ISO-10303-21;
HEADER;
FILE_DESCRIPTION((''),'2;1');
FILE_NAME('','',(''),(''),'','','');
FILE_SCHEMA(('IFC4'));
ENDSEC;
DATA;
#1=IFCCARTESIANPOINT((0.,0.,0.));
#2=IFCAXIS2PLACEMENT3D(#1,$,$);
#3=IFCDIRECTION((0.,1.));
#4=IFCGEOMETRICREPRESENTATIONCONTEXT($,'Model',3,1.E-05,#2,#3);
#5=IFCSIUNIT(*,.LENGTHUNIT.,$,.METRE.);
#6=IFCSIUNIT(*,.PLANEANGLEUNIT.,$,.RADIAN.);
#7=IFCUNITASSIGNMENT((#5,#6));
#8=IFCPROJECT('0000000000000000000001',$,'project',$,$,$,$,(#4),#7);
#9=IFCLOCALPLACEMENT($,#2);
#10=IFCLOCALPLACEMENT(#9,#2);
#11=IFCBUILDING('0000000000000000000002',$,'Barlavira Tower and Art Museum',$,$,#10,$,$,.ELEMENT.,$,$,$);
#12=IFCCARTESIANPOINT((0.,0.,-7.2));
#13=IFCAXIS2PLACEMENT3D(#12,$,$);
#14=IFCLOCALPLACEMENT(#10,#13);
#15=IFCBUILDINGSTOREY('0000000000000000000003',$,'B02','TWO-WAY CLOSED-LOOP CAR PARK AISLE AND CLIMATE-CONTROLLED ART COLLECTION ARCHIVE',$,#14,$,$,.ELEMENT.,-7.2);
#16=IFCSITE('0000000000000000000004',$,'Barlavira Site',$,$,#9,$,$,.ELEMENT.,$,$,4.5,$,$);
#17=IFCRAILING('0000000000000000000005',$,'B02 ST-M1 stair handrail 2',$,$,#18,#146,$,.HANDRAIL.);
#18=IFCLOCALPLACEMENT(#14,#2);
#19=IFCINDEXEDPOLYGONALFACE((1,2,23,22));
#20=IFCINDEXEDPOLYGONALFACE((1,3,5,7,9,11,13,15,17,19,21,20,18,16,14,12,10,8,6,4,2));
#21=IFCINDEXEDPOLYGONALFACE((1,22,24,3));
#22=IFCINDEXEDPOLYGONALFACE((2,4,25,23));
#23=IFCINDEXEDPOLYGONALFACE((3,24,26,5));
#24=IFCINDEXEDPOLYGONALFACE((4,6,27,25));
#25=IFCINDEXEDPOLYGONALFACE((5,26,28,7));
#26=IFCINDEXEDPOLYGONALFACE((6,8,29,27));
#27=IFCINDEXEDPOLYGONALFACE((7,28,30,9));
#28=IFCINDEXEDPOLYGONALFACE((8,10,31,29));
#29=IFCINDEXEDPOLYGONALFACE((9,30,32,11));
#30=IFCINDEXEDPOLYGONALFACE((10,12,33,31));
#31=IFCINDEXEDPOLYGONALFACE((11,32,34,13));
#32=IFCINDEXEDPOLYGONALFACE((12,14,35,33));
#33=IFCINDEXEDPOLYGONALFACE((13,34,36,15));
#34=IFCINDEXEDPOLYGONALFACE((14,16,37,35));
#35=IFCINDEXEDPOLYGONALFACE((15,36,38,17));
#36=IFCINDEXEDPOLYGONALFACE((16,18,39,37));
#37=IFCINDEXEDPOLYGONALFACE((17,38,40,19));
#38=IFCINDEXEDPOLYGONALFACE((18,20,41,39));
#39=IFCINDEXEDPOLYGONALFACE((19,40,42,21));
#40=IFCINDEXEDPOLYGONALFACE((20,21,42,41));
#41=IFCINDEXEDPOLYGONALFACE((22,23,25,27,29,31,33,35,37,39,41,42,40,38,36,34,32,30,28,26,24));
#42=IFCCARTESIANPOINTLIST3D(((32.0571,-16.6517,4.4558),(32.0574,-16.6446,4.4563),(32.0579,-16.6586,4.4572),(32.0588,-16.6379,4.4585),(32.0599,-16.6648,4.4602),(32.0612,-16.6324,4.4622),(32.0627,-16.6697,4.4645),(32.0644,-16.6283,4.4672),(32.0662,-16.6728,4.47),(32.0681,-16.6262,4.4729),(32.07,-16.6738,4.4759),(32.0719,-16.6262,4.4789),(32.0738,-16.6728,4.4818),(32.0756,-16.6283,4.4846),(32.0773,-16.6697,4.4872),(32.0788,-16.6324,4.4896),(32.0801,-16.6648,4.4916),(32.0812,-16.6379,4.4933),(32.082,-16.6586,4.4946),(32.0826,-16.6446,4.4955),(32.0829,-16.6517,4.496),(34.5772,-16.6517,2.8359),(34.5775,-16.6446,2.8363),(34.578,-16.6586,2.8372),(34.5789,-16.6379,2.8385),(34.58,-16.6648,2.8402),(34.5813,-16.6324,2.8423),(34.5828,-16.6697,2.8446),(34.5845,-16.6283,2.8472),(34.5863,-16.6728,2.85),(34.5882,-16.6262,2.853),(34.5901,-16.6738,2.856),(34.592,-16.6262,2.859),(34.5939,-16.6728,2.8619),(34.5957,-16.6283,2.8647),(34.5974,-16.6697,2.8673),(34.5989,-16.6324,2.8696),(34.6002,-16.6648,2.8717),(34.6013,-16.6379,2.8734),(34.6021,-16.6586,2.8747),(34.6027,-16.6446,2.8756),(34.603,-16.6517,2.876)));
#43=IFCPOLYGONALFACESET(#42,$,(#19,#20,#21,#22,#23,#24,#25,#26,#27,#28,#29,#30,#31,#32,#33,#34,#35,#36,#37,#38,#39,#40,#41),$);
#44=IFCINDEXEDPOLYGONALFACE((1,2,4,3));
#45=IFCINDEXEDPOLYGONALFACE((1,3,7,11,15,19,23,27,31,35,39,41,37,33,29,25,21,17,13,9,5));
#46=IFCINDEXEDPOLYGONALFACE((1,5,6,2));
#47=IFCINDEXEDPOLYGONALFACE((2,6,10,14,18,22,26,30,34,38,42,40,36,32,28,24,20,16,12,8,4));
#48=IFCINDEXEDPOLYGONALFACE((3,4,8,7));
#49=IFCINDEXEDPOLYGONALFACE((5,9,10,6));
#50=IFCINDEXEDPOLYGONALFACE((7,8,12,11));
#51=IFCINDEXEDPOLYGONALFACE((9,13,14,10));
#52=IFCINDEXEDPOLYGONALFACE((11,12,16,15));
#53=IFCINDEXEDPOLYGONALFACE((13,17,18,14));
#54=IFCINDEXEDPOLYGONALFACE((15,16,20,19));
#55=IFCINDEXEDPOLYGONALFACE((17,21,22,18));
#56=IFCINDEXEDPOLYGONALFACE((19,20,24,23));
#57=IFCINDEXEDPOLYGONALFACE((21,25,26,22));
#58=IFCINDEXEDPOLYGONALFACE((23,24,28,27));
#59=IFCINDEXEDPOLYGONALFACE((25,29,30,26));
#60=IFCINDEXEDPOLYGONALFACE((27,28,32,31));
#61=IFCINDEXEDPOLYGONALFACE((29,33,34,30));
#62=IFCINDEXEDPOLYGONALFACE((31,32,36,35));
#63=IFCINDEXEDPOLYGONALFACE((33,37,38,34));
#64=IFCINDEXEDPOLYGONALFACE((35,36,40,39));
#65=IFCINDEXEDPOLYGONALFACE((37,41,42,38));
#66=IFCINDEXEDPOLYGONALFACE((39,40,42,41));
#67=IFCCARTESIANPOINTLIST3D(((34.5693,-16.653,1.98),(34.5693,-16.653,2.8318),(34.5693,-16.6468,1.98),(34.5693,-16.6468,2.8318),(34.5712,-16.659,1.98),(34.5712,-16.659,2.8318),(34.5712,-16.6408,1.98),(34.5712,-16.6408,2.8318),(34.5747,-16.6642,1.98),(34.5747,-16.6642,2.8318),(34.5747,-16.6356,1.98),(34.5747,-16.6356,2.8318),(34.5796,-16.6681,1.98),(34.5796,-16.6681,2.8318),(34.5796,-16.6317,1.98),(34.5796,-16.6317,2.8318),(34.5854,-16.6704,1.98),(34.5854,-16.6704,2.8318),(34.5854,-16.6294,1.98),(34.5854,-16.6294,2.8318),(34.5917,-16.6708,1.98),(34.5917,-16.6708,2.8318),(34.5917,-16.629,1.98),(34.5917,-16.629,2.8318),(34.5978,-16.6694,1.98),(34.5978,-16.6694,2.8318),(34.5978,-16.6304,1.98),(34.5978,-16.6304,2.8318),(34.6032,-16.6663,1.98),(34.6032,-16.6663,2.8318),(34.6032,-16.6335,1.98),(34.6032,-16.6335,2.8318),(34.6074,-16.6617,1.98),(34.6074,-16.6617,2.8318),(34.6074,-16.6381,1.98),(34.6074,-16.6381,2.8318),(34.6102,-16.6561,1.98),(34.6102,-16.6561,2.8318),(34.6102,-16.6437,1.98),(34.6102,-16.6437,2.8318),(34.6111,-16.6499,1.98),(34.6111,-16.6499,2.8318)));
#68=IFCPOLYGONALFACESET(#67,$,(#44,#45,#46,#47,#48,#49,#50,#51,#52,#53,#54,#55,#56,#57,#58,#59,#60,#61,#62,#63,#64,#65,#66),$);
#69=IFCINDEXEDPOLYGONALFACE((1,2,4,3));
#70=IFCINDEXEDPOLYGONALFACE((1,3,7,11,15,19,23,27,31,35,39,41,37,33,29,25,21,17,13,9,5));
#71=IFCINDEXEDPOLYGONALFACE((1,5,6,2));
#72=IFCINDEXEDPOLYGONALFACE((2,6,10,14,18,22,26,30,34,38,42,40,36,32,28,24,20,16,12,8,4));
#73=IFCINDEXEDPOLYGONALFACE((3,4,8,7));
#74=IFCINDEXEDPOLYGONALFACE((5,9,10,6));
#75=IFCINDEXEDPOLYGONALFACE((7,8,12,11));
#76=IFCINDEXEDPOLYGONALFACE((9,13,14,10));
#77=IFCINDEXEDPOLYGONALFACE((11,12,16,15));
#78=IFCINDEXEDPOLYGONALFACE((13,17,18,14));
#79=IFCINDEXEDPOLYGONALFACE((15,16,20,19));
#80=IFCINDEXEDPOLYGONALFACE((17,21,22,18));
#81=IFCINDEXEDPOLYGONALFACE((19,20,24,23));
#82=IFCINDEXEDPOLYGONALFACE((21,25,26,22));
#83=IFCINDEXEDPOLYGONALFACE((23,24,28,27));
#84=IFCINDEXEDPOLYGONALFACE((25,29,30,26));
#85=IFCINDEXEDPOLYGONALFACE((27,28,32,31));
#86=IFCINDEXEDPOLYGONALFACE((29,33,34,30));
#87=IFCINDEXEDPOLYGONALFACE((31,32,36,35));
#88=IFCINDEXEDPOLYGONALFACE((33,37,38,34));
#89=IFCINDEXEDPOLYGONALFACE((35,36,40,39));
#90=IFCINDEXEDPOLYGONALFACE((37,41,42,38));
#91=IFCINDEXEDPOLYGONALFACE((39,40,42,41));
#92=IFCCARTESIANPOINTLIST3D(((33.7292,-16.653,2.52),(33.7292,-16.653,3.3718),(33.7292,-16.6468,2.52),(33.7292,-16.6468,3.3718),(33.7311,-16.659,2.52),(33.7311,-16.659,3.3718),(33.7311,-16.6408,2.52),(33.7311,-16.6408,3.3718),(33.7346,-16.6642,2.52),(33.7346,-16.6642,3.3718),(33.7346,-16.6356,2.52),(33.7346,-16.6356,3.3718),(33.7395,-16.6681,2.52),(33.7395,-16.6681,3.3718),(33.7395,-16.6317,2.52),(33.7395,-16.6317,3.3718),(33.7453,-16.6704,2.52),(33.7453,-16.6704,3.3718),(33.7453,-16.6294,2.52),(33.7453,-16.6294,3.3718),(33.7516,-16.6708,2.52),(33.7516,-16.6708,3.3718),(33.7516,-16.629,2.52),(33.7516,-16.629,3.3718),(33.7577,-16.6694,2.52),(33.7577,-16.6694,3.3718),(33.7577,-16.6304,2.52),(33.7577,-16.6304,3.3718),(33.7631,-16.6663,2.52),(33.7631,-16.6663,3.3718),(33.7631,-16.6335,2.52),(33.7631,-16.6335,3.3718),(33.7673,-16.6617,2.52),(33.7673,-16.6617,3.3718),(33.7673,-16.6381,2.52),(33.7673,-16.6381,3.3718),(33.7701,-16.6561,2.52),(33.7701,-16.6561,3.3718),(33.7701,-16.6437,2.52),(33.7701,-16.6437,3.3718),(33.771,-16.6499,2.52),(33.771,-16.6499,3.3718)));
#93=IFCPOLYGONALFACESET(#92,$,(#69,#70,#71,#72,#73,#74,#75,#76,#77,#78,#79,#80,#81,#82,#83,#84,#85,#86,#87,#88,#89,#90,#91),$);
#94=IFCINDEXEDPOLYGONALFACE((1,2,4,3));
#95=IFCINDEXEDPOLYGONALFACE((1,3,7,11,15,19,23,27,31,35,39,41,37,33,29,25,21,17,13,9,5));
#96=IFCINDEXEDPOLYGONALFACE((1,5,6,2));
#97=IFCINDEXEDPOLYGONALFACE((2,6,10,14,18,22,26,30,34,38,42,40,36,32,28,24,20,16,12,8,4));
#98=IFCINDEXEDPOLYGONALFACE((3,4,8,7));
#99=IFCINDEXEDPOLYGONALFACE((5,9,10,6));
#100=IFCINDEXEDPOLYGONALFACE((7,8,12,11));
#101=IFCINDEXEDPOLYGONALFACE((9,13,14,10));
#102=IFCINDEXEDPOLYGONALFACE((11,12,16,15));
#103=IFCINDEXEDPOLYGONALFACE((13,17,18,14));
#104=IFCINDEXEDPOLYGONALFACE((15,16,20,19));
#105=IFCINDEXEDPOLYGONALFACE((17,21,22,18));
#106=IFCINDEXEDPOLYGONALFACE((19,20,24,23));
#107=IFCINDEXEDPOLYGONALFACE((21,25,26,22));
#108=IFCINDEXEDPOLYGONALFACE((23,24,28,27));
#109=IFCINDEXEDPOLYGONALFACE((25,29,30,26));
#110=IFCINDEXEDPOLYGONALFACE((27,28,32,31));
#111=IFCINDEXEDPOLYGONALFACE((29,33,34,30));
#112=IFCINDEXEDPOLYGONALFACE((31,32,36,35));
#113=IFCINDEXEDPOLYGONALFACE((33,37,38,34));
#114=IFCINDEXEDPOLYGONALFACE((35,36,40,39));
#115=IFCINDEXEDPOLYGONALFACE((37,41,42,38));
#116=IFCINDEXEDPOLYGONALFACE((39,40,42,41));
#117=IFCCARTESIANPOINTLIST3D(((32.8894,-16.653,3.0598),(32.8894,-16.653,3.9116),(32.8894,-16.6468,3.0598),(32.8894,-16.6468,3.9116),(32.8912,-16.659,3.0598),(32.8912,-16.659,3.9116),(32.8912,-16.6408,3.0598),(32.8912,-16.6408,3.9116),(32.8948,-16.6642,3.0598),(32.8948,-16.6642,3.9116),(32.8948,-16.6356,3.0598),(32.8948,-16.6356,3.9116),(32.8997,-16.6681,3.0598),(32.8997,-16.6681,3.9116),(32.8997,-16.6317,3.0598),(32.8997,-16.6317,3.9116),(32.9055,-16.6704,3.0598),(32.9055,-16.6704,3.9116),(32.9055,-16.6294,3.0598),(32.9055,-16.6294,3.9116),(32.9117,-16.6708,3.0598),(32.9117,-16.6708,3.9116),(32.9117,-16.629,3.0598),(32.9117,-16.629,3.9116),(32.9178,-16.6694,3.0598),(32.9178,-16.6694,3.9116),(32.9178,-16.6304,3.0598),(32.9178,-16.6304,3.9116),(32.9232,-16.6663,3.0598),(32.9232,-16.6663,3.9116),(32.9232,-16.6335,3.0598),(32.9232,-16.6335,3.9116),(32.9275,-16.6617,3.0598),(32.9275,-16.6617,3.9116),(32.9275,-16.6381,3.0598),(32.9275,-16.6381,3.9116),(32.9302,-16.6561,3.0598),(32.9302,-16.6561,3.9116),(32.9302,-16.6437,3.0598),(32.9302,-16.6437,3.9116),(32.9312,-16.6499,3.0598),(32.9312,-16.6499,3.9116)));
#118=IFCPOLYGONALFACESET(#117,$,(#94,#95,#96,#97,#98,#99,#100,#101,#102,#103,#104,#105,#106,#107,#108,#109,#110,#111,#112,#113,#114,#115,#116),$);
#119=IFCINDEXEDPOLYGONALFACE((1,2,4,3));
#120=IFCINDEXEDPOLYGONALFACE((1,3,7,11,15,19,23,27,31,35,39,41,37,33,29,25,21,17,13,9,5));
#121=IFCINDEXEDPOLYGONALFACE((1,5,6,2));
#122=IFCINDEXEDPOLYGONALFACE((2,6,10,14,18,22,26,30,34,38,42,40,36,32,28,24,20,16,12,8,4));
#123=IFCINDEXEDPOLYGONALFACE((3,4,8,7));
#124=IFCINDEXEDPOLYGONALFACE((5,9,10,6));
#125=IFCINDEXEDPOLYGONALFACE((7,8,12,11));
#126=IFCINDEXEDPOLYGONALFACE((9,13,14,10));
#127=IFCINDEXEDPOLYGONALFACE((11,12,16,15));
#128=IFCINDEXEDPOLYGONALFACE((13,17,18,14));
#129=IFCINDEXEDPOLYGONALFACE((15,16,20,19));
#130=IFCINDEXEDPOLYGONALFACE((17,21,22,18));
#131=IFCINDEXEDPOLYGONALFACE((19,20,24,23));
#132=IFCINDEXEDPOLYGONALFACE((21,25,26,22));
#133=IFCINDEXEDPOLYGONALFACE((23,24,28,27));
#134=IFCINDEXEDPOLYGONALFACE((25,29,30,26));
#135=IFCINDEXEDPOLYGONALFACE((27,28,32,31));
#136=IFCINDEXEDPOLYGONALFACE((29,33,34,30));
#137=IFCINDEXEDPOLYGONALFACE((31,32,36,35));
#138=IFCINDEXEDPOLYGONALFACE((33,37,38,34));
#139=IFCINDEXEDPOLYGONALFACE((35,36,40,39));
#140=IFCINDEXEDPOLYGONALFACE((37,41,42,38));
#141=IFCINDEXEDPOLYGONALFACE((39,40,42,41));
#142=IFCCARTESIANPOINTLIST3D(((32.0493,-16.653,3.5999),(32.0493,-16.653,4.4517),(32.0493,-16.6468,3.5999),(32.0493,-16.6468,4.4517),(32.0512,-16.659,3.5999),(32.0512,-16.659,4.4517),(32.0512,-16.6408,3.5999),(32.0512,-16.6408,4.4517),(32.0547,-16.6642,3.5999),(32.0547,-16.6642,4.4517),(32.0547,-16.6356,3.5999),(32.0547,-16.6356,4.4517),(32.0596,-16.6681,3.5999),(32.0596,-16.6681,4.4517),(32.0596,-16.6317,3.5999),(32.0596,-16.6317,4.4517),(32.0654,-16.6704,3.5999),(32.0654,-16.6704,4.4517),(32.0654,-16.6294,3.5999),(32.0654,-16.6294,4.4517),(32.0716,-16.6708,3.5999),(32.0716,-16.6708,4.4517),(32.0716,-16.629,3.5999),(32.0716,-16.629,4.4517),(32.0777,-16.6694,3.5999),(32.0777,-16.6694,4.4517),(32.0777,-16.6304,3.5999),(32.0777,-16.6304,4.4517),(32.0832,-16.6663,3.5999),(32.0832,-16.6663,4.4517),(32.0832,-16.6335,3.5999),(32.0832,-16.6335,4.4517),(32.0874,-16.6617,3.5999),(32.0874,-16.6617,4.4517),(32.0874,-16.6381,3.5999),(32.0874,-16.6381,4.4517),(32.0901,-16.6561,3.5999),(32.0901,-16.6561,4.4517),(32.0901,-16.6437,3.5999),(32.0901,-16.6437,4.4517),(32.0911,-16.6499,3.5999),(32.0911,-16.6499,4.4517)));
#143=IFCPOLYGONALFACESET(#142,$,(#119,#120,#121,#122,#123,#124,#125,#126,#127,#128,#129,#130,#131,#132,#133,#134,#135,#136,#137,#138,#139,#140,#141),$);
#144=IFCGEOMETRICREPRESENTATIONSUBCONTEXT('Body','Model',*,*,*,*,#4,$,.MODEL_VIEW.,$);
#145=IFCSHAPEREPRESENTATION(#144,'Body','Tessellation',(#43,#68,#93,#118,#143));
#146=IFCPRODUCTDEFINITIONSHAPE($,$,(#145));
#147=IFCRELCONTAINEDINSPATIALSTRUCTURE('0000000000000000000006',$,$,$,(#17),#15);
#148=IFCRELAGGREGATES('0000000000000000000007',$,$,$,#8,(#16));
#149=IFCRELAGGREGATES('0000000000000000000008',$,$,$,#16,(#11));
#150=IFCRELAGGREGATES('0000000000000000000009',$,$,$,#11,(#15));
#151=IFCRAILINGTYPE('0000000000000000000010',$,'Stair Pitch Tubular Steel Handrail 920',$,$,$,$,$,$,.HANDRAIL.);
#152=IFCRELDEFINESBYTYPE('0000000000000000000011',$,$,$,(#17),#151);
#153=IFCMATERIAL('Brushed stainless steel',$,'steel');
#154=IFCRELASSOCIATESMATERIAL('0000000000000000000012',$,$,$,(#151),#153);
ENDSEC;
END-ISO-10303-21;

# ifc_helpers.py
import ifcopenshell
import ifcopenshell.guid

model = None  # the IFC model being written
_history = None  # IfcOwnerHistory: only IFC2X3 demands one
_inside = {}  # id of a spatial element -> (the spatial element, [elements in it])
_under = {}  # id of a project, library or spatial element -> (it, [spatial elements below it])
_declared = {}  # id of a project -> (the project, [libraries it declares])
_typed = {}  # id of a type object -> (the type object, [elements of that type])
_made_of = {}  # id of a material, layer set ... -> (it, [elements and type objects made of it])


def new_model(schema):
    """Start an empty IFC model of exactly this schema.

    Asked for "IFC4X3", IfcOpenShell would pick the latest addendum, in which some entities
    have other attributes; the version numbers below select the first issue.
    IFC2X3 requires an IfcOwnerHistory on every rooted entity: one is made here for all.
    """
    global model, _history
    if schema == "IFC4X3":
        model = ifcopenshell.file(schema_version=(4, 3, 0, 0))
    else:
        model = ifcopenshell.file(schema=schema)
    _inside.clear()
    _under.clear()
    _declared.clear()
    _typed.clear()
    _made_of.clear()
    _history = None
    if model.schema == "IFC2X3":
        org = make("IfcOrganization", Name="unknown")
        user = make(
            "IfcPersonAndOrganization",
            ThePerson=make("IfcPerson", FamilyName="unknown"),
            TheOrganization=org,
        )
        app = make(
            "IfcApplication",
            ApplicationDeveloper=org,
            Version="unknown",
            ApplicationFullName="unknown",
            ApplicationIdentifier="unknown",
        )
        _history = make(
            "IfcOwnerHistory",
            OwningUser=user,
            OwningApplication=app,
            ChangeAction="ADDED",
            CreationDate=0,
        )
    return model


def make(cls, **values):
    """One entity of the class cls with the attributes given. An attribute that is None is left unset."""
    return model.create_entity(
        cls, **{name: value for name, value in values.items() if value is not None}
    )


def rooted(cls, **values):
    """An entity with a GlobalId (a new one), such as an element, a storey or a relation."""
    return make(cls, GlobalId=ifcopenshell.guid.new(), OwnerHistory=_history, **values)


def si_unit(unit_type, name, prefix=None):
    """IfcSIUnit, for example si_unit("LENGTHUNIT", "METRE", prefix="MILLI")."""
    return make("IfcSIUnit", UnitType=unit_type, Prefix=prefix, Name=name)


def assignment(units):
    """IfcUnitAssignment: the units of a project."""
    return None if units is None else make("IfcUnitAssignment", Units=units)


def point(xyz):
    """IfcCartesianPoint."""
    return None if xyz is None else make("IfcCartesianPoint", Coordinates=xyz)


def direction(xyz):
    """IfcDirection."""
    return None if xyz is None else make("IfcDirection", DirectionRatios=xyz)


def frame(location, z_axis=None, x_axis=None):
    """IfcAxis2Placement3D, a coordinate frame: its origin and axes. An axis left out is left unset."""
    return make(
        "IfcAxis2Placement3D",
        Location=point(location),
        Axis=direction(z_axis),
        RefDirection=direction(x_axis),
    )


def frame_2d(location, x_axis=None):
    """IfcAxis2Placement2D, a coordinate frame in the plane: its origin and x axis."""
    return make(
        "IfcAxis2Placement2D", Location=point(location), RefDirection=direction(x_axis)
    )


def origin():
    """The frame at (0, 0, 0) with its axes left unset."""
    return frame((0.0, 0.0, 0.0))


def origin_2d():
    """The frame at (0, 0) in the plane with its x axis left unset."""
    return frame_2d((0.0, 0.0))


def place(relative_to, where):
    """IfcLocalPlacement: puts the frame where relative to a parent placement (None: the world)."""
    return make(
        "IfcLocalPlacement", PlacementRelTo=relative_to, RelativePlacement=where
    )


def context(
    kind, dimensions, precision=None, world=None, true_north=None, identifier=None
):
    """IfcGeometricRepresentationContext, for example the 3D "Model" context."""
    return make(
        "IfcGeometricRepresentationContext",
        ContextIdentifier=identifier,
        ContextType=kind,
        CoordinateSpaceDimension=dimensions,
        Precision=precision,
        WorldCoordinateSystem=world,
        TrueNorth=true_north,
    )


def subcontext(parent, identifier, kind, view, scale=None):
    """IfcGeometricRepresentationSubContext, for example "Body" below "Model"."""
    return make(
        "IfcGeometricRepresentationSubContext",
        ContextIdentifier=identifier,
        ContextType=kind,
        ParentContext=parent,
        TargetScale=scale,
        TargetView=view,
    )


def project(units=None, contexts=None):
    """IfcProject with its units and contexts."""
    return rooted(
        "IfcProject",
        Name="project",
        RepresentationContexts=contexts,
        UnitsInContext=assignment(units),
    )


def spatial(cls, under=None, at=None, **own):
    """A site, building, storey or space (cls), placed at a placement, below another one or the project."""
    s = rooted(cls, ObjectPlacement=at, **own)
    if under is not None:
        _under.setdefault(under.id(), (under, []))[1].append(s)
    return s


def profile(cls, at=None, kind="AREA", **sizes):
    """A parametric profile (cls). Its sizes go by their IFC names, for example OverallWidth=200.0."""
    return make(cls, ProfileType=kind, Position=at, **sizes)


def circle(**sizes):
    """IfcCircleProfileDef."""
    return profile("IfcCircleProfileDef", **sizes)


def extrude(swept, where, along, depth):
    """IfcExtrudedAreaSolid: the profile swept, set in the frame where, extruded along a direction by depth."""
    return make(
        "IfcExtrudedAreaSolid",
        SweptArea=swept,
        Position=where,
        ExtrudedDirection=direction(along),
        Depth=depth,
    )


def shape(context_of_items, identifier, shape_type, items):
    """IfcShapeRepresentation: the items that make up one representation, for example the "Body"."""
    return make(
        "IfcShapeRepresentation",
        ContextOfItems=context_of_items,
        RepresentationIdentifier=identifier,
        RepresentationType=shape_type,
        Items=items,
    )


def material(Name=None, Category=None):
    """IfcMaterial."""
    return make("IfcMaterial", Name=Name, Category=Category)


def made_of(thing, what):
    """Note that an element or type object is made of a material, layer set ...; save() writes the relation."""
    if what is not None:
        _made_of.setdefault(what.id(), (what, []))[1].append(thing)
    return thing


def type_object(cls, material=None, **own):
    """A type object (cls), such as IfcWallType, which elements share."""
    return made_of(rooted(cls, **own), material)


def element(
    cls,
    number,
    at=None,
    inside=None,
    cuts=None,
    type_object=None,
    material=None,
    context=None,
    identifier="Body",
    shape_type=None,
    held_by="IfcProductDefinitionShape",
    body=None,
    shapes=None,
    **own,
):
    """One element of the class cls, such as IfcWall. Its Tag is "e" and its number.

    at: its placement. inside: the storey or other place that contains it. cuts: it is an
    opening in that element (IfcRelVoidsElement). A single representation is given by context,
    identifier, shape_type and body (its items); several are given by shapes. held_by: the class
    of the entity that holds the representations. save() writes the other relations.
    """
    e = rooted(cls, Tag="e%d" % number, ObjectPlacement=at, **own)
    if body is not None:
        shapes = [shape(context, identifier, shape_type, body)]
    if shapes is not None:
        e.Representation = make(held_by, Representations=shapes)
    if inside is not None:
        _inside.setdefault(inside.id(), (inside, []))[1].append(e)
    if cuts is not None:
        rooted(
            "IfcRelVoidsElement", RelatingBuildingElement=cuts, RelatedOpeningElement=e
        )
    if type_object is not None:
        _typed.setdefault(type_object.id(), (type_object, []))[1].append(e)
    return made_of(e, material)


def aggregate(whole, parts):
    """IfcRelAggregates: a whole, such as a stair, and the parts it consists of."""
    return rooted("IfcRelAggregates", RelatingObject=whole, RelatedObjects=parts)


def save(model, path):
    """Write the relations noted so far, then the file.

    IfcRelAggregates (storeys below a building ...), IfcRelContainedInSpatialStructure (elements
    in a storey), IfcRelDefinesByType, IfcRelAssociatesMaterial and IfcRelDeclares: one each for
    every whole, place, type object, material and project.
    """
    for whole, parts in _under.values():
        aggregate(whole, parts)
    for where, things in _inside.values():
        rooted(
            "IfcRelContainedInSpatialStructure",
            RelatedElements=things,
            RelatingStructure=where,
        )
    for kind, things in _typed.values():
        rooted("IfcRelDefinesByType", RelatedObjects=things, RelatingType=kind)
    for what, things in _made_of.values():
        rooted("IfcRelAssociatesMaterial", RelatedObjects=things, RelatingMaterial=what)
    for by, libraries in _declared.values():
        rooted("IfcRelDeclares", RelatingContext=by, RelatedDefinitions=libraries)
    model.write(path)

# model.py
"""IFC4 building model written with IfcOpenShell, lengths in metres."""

from ifc_helpers import new_model, si_unit, direction, frame, origin, origin_2d, place, context, subcontext, project, spatial, circle, extrude, material, type_object, element, save


model = new_model("IFC4")

# Units and contexts
model_context = context("Model", 3, precision=1e-05, world=origin(), true_north=direction((0.0, 1.0)))
body_context = subcontext(model_context, "Body", "Model", "MODEL_VIEW")
ifc_project = project(units=[si_unit("LENGTHUNIT", "METRE"), si_unit("PLANEANGLEUNIT", "RADIAN")], contexts=[model_context])

# Site, building, storey
site_placement = place(None, origin())
site = spatial("IfcSite", under=ifc_project, at=site_placement, Name="Barlavira Site", CompositionType="ELEMENT", RefElevation=4.5)
building_placement = place(site_placement, origin())
building = spatial("IfcBuilding", under=site, at=building_placement, Name="Barlavira Tower and Art Museum", CompositionType="ELEMENT")
storey_placement = place(building_placement, frame((0.0, 0.0, -7.2)))
storey = spatial("IfcBuildingStorey", under=building, at=storey_placement, Name="B02", Description="TWO-WAY CLOSED-LOOP CAR PARK AISLE AND CLIMATE-CONTROLLED ART COLLECTION ARCHIVE", CompositionType="ELEMENT", Elevation=-7.2)

# Shared definitions
ifc_material_1 = material(Name="Brushed stainless steel", Category="steel")

# Railing
railing_type_1 = type_object("IfcRailingType", Name="Stair Pitch Tubular Steel Handrail 920", PredefinedType="HANDRAIL", material=ifc_material_1)
railing_1_placement = place(storey_placement, frame((34.5901, -16.6499, 1.98)))
element("IfcRailing", 1, at=railing_1_placement, inside=storey, type_object=railing_type_1, Name="B02 ST-M1 stair handrail 2", PredefinedType="HANDRAIL", context=body_context, shape_type="SweptSolid", body=[
    extrude(circle(Radius=0.0239, at=origin_2d()), frame((0.0, 0.0, 0.876), z_axis=(-0.8412, 0.0, 0.540725), x_axis=(0.0, -1.0, 0.0)), (0.0, 0.0, 1.0), 2.9958),
    extrude(circle(Radius=0.021, at=origin_2d()), origin(), (0.0, 0.0, 1.0), 0.8518),
    extrude(circle(Radius=0.021, at=origin_2d()), frame((-0.8401, 0.0, 0.54)), (0.0, 0.0, 1.0), 0.8518),
    extrude(circle(Radius=0.021, at=origin_2d()), frame((-1.6799, 0.0, 1.0798)), (0.0, 0.0, 1.0), 0.8518),
    extrude(circle(Radius=0.021, at=origin_2d()), frame((-2.52, 0.0, 1.6199)), (0.0, 0.0, 1.0), 0.8518),
])

save(model, "model.ifc")
